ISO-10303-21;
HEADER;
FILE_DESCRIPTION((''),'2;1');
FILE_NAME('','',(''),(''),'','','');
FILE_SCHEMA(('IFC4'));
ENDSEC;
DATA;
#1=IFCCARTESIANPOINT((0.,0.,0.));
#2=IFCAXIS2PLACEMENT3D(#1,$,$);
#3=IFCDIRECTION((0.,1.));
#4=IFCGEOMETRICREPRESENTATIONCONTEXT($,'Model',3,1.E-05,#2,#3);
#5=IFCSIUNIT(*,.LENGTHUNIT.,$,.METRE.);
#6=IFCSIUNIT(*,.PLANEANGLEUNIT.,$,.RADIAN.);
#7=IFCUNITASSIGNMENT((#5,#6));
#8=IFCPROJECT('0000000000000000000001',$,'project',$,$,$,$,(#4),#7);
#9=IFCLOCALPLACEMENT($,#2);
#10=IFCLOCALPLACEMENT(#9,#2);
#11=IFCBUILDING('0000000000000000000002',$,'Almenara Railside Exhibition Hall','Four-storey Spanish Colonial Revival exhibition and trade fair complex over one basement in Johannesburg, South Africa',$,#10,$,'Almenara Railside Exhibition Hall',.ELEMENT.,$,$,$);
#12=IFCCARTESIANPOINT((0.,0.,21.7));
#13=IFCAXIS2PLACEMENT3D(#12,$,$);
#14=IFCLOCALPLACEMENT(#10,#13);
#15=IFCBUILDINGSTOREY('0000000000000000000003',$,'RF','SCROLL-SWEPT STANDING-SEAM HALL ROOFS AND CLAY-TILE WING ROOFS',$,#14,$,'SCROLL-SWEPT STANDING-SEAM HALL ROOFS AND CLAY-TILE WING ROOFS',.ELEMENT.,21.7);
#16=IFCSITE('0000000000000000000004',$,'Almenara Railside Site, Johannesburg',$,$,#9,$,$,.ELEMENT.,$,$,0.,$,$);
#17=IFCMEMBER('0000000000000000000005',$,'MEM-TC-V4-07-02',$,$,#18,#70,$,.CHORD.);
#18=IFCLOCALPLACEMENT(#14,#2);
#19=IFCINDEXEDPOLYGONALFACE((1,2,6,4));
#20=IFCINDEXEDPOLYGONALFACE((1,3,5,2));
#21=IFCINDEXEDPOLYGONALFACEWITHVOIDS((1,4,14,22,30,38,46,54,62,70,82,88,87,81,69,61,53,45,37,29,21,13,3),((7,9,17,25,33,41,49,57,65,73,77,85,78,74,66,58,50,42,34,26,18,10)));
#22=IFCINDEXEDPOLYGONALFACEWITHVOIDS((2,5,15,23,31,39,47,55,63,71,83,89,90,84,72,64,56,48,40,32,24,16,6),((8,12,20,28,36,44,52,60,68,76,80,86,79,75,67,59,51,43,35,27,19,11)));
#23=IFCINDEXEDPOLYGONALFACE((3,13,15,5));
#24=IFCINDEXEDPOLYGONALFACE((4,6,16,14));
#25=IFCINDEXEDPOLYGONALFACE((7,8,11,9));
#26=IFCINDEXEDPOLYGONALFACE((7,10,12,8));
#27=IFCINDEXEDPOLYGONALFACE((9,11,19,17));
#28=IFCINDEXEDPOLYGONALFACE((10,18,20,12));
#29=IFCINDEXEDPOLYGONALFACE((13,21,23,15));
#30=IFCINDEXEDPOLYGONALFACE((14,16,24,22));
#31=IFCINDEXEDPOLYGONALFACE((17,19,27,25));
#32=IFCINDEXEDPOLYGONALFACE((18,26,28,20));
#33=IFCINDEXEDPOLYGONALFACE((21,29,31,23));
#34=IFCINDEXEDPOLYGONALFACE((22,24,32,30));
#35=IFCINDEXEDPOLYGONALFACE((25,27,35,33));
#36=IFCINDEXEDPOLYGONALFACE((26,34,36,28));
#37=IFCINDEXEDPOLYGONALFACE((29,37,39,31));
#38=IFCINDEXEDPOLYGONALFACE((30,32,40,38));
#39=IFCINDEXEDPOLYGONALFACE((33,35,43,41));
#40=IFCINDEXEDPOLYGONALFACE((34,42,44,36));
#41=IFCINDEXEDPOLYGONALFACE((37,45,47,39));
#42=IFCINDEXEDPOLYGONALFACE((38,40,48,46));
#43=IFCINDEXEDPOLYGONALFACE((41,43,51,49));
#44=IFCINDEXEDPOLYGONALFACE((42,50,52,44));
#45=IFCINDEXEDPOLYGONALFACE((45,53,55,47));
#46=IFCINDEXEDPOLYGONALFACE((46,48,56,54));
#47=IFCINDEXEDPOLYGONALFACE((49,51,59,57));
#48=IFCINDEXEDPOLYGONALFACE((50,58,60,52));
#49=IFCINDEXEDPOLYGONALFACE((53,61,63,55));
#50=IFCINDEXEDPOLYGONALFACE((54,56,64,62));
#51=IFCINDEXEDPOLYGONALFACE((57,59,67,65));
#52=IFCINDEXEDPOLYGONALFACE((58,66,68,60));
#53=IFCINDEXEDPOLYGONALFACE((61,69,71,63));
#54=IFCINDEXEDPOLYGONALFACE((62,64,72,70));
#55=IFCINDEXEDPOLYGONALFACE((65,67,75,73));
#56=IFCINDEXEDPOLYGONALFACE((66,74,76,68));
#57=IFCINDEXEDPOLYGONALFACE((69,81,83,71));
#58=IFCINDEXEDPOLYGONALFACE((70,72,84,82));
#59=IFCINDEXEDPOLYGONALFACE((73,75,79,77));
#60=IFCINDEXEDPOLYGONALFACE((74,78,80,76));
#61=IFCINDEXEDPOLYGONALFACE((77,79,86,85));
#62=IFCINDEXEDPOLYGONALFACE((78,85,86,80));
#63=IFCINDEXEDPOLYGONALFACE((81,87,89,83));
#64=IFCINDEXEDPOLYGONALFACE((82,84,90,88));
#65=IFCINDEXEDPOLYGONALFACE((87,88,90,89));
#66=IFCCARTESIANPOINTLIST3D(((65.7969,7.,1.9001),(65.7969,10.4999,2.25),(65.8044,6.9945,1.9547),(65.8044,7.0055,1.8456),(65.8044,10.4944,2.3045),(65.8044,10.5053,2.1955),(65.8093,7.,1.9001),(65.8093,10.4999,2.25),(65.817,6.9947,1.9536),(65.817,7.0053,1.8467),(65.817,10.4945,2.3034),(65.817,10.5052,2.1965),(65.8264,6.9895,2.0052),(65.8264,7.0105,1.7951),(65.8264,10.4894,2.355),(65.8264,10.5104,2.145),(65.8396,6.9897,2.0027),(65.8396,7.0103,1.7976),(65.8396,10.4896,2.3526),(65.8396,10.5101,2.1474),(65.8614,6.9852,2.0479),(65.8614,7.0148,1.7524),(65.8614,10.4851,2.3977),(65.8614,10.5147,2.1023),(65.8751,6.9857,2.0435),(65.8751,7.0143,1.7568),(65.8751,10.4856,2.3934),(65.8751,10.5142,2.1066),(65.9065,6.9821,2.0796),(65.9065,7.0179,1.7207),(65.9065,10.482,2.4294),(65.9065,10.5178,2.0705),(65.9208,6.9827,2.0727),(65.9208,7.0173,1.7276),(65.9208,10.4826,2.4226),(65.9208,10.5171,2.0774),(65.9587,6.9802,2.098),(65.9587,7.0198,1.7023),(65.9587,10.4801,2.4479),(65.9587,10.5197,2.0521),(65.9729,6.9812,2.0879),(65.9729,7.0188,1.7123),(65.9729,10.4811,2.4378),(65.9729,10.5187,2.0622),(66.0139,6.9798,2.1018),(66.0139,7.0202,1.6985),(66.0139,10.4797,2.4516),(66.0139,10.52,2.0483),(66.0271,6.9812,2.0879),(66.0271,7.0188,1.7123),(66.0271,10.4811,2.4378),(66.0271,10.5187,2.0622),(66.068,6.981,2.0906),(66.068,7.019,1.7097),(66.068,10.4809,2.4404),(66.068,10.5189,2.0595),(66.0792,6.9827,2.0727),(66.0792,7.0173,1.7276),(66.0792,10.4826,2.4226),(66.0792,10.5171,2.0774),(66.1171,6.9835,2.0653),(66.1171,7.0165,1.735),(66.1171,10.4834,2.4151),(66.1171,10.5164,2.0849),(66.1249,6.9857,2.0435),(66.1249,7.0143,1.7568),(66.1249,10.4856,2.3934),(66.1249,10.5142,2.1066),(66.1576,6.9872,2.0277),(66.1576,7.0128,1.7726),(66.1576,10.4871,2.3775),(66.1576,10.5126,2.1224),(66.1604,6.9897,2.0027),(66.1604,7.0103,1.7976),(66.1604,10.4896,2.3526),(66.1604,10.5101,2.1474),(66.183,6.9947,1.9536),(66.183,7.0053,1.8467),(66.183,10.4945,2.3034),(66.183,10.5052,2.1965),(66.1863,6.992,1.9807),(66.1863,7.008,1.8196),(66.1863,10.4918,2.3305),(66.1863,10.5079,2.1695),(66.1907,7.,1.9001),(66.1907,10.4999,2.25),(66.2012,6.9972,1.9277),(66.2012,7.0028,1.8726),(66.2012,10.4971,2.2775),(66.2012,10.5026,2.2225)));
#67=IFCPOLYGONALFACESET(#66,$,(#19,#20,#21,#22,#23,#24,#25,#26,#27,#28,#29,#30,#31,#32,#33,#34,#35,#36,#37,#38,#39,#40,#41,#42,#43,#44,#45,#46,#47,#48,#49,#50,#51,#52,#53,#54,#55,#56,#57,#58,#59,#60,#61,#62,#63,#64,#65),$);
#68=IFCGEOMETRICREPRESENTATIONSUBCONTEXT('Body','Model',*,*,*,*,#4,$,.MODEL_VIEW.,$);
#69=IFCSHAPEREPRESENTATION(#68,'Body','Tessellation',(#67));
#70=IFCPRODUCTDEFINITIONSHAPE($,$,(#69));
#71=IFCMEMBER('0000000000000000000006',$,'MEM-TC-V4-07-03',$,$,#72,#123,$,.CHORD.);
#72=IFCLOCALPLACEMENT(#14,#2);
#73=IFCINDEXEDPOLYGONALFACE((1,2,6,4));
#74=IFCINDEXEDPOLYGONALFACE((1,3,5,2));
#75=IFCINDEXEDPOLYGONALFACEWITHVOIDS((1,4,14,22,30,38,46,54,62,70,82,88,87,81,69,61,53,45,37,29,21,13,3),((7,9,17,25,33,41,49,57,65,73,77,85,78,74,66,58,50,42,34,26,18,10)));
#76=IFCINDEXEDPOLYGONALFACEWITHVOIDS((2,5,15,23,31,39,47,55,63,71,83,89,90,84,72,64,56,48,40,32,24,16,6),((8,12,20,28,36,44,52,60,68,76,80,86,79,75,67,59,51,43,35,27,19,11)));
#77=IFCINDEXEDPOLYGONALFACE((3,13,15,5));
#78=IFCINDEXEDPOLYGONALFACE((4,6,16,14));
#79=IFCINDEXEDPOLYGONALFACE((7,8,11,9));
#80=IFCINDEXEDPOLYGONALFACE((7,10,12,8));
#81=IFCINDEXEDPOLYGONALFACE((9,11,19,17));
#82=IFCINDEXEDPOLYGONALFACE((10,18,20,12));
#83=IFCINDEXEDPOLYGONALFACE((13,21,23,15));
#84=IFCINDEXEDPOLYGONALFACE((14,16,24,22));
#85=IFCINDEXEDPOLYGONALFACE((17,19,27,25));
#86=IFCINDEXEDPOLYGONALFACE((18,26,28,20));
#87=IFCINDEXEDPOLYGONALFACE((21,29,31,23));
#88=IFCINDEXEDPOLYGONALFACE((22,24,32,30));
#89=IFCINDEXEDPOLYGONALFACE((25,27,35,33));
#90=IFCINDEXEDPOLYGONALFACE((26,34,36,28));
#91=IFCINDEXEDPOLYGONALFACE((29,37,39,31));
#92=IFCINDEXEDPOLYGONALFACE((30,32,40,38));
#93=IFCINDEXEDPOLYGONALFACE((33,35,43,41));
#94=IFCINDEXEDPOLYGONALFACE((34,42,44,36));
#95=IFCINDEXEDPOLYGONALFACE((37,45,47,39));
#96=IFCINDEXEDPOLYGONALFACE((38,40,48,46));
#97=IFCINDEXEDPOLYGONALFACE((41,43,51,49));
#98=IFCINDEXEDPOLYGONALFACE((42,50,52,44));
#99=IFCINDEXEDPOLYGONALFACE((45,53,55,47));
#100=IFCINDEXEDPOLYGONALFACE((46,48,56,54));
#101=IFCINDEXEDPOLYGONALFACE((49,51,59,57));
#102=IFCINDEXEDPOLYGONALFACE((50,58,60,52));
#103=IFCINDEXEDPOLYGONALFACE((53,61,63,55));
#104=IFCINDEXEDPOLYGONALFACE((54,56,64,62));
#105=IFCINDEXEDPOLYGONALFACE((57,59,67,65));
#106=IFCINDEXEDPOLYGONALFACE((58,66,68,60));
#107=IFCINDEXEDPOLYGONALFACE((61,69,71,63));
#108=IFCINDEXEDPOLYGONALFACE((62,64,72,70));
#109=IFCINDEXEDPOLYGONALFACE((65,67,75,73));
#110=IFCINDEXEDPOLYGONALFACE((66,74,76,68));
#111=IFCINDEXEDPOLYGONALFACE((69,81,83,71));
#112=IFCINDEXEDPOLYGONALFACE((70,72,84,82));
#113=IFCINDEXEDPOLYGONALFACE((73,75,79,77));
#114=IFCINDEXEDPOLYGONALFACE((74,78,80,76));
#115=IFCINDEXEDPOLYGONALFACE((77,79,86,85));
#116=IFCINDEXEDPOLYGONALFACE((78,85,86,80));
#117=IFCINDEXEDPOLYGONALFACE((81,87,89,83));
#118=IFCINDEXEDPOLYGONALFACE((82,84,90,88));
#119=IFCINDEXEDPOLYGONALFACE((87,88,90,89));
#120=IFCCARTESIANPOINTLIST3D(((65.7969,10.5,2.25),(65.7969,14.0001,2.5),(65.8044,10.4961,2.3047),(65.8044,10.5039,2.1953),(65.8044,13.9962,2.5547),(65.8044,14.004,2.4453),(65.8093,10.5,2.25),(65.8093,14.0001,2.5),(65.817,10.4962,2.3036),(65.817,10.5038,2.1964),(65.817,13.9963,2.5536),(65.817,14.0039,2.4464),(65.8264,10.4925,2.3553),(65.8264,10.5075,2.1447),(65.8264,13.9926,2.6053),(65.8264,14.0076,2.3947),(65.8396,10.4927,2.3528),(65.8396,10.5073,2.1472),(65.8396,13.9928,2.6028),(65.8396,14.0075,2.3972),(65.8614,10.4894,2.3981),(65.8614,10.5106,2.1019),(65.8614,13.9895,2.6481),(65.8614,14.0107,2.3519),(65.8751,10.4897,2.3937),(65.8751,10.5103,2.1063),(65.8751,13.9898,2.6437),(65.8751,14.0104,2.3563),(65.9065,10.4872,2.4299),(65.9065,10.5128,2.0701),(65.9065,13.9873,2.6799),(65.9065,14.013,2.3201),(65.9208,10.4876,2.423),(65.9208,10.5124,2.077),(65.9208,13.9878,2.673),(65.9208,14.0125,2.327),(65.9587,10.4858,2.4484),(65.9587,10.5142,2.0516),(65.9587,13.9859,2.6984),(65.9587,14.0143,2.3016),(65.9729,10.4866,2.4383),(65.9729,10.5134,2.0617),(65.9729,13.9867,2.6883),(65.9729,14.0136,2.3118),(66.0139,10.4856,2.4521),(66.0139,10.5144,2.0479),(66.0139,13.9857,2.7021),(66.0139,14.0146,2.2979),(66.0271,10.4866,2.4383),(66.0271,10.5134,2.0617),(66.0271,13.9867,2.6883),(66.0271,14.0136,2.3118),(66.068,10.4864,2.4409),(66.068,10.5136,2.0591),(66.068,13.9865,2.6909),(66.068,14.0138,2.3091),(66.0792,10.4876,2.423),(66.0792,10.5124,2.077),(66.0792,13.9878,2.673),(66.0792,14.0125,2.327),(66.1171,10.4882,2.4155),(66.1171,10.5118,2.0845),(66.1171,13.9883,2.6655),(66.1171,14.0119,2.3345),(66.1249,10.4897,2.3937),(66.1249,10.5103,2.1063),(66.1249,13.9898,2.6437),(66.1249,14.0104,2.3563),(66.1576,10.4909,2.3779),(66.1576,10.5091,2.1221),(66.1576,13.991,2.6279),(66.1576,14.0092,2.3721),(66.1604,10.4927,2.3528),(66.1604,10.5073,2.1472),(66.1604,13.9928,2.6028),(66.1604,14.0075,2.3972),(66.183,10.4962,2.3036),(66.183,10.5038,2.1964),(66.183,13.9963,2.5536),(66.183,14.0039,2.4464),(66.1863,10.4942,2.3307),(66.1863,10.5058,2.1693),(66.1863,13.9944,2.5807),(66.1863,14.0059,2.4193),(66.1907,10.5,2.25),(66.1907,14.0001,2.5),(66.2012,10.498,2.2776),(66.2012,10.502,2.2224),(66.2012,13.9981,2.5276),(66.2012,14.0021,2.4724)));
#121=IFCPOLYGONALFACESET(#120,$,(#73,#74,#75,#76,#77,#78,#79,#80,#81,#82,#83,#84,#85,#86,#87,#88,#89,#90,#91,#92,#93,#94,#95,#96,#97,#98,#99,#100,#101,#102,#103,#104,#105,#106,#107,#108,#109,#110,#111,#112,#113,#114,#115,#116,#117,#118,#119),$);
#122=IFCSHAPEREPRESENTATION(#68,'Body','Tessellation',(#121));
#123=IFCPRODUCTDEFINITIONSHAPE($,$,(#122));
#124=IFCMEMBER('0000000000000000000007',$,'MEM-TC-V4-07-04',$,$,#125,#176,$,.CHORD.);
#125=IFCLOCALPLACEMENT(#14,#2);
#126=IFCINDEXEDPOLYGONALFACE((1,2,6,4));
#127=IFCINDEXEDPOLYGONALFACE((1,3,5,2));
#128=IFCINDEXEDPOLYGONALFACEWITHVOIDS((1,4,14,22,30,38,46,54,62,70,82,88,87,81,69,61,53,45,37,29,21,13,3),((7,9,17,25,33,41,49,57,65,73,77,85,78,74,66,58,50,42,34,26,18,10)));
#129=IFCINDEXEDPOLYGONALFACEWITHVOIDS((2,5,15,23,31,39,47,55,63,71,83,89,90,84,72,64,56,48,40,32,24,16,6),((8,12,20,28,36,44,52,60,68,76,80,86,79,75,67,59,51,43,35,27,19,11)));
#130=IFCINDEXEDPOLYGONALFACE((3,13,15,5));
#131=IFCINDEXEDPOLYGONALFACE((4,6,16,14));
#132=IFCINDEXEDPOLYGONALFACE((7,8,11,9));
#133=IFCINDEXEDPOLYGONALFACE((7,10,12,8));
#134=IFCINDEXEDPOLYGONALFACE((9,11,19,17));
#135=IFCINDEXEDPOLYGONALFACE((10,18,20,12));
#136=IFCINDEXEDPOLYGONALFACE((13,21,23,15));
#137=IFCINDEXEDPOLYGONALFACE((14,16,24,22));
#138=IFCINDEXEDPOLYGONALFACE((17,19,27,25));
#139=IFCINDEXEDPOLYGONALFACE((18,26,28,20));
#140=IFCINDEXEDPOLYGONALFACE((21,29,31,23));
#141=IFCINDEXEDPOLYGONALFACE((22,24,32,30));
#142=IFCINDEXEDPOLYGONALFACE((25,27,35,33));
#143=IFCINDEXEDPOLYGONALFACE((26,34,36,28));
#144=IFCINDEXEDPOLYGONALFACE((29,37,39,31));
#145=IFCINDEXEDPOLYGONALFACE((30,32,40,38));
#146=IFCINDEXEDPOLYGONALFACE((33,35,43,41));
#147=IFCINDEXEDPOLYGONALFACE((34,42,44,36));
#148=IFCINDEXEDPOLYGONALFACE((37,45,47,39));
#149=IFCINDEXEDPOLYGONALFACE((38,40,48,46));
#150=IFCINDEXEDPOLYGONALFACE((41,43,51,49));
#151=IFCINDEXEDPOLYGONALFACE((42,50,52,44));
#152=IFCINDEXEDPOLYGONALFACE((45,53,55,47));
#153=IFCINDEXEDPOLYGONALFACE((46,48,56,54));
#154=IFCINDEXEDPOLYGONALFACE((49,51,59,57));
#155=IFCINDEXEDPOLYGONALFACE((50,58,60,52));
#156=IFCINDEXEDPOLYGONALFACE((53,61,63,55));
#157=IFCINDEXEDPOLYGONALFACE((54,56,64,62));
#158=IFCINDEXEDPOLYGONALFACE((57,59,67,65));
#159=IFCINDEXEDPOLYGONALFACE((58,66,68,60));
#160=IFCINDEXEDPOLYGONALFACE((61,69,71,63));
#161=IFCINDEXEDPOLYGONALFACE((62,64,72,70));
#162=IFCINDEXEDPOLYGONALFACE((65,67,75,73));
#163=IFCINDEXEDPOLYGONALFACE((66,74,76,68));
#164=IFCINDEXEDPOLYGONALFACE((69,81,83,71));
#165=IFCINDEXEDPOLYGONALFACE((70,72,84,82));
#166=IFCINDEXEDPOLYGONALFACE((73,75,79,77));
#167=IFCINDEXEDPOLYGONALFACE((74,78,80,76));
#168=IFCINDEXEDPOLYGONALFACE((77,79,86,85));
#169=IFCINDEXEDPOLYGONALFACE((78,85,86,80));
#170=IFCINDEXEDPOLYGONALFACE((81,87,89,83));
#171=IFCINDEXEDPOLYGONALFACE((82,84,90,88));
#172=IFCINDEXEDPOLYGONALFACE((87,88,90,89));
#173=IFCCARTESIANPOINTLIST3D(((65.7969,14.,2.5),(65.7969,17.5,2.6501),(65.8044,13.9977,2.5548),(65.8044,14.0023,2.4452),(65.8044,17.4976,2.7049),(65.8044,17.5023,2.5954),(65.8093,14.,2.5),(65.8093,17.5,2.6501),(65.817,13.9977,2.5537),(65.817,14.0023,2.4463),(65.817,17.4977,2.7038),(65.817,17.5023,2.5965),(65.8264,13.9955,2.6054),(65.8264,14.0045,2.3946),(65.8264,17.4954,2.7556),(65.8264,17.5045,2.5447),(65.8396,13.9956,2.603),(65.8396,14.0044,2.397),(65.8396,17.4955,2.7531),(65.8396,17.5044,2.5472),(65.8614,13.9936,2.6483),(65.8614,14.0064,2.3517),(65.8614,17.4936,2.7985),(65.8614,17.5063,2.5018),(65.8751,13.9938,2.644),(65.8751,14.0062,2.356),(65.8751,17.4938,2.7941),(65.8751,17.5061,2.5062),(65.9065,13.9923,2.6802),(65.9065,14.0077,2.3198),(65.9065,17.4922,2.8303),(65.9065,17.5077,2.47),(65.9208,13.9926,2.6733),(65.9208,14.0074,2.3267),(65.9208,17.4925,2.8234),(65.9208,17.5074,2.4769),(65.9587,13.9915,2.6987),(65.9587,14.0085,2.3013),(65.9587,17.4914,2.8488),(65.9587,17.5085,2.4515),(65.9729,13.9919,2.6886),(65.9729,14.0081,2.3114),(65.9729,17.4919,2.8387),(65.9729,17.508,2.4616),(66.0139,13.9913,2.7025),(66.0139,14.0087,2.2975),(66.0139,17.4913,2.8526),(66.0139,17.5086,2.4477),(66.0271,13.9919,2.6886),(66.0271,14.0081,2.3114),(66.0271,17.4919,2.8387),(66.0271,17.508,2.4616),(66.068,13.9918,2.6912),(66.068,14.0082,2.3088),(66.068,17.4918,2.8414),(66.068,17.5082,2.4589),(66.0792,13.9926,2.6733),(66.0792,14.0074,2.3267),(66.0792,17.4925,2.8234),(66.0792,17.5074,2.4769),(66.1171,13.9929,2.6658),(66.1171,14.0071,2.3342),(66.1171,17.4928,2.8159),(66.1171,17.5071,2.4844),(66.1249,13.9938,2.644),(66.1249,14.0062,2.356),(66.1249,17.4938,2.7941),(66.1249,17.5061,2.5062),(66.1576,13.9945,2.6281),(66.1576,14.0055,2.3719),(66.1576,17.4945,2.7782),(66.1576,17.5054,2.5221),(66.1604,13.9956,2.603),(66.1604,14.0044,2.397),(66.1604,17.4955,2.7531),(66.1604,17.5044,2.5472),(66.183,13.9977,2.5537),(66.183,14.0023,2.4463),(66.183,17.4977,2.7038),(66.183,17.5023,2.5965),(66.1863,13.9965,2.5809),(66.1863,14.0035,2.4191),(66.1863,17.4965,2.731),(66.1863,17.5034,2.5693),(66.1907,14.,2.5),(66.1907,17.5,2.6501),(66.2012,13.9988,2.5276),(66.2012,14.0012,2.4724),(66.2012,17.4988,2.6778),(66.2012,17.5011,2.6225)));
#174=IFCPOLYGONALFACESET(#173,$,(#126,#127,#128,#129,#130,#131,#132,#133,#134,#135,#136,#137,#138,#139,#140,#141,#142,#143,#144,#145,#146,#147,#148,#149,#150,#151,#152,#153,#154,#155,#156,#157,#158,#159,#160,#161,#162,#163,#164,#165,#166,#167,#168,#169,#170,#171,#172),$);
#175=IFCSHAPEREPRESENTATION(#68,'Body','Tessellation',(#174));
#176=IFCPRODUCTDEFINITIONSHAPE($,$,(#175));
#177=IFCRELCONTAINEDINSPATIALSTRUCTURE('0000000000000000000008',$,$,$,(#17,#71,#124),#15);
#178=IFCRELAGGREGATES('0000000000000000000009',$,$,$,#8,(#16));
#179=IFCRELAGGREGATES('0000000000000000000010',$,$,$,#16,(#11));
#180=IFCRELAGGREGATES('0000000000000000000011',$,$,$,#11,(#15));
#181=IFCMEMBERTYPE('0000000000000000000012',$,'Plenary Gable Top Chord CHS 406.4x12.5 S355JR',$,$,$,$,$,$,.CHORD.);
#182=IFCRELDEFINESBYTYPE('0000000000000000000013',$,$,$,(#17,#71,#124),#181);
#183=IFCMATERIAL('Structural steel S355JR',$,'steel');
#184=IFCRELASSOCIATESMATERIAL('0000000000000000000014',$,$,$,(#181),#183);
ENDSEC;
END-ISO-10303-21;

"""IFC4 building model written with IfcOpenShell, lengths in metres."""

from ifc_helpers import new_model, si_unit, direction, frame, origin, origin_2d, place, context, subcontext, project, spatial, hollow_circle, extrude, material, material_profile, profile_set, type_object, element, save


model = new_model("IFC4")

# Units and contexts
model_context = context("Model", 3, precision=1e-05, world=origin(), true_north=direction((0.0, 1.0)))
body_context = subcontext(model_context, "Body", "Model", "MODEL_VIEW")
ifc_project = project(units=[si_unit("LENGTHUNIT", "METRE"), si_unit("PLANEANGLEUNIT", "RADIAN")], contexts=[model_context])

# Site, building, storey
site_placement = place(None, origin())
site = spatial("IfcSite", under=ifc_project, at=site_placement, Name="Almenara Railside Site, Johannesburg", CompositionType="ELEMENT", RefElevation=0.0)
building_placement = place(site_placement, origin())
building = spatial("IfcBuilding", under=site, at=building_placement, Name="Almenara Railside Exhibition Hall", Description="Four-storey Spanish Colonial Revival exhibition and trade fair complex over one basement in Johannesburg, South Africa", LongName="Almenara Railside Exhibition Hall", CompositionType="ELEMENT")
storey_placement = place(building_placement, frame((0.0, 0.0, 21.7)))
storey = spatial("IfcBuildingStorey", under=building, at=storey_placement, Name="RF", Description="SCROLL-SWEPT STANDING-SEAM HALL ROOFS AND CLAY-TILE WING ROOFS", LongName="SCROLL-SWEPT STANDING-SEAM HALL ROOFS AND CLAY-TILE WING ROOFS", CompositionType="ELEMENT", Elevation=21.7)

# Members
ifc_material_1 = material(Name="Structural steel S355JR", Category="steel")
ifc_material_profile_1 = material_profile(ifc_material_1, hollow_circle(Radius=0.2031, WallThickness=0.0125, at=origin_2d()), Name="CHS 406.4x12.5")
ifc_profile_set_1 = profile_set([ifc_material_profile_1], Name="Structural steel S355JR")
member_type_1 = type_object("IfcMemberType", Name="Plenary Gable Top Chord CHS 406.4x12.5 S355JR", PredefinedType="CHORD", material=ifc_profile_set_1)
member_1_placement = place(storey_placement, frame((66.0, 7.0, 1.9001), z_axis=(0.0, 0.995041, 0.099462), x_axis=(-1.0, 0.0, 0.0)))
element("IfcMember", 1, at=member_1_placement, inside=storey, type_object=member_type_1, Name="MEM-TC-V4-07-02", PredefinedType="CHORD", context=body_context, shape_type="SweptSolid", body=[
    extrude(hollow_circle(Radius=0.2031, WallThickness=0.0125, at=origin_2d()), origin(), (0.0, 0.0, 1.0), 3.5173),
])
member_2_placement = place(storey_placement, frame((66.0, 10.5, 2.25), z_axis=(0.0, 0.997459, 0.071247), x_axis=(-1.0, 0.0, 0.0)))
element("IfcMember", 2, at=member_2_placement, inside=storey, type_object=member_type_1, Name="MEM-TC-V4-07-03", PredefinedType="CHORD", context=body_context, shape_type="SweptSolid", body=[
    extrude(hollow_circle(Radius=0.2031, WallThickness=0.0125, at=origin_2d()), origin(), (0.0, 0.0, 1.0), 3.509),
])
member_3_placement = place(storey_placement, frame((66.0, 14.0, 2.5), z_axis=(0.0, 0.999081, 0.04286), x_axis=(-1.0, 0.0, 0.0)))
element("IfcMember", 3, at=member_3_placement, inside=storey, type_object=member_type_1, Name="MEM-TC-V4-07-04", PredefinedType="CHORD", context=body_context, shape_type="SweptSolid", body=[
    extrude(hollow_circle(Radius=0.2031, WallThickness=0.0125, at=origin_2d()), origin(), (0.0, 0.0, 1.0), 3.5032),
])

save(model, "model.ifc")
